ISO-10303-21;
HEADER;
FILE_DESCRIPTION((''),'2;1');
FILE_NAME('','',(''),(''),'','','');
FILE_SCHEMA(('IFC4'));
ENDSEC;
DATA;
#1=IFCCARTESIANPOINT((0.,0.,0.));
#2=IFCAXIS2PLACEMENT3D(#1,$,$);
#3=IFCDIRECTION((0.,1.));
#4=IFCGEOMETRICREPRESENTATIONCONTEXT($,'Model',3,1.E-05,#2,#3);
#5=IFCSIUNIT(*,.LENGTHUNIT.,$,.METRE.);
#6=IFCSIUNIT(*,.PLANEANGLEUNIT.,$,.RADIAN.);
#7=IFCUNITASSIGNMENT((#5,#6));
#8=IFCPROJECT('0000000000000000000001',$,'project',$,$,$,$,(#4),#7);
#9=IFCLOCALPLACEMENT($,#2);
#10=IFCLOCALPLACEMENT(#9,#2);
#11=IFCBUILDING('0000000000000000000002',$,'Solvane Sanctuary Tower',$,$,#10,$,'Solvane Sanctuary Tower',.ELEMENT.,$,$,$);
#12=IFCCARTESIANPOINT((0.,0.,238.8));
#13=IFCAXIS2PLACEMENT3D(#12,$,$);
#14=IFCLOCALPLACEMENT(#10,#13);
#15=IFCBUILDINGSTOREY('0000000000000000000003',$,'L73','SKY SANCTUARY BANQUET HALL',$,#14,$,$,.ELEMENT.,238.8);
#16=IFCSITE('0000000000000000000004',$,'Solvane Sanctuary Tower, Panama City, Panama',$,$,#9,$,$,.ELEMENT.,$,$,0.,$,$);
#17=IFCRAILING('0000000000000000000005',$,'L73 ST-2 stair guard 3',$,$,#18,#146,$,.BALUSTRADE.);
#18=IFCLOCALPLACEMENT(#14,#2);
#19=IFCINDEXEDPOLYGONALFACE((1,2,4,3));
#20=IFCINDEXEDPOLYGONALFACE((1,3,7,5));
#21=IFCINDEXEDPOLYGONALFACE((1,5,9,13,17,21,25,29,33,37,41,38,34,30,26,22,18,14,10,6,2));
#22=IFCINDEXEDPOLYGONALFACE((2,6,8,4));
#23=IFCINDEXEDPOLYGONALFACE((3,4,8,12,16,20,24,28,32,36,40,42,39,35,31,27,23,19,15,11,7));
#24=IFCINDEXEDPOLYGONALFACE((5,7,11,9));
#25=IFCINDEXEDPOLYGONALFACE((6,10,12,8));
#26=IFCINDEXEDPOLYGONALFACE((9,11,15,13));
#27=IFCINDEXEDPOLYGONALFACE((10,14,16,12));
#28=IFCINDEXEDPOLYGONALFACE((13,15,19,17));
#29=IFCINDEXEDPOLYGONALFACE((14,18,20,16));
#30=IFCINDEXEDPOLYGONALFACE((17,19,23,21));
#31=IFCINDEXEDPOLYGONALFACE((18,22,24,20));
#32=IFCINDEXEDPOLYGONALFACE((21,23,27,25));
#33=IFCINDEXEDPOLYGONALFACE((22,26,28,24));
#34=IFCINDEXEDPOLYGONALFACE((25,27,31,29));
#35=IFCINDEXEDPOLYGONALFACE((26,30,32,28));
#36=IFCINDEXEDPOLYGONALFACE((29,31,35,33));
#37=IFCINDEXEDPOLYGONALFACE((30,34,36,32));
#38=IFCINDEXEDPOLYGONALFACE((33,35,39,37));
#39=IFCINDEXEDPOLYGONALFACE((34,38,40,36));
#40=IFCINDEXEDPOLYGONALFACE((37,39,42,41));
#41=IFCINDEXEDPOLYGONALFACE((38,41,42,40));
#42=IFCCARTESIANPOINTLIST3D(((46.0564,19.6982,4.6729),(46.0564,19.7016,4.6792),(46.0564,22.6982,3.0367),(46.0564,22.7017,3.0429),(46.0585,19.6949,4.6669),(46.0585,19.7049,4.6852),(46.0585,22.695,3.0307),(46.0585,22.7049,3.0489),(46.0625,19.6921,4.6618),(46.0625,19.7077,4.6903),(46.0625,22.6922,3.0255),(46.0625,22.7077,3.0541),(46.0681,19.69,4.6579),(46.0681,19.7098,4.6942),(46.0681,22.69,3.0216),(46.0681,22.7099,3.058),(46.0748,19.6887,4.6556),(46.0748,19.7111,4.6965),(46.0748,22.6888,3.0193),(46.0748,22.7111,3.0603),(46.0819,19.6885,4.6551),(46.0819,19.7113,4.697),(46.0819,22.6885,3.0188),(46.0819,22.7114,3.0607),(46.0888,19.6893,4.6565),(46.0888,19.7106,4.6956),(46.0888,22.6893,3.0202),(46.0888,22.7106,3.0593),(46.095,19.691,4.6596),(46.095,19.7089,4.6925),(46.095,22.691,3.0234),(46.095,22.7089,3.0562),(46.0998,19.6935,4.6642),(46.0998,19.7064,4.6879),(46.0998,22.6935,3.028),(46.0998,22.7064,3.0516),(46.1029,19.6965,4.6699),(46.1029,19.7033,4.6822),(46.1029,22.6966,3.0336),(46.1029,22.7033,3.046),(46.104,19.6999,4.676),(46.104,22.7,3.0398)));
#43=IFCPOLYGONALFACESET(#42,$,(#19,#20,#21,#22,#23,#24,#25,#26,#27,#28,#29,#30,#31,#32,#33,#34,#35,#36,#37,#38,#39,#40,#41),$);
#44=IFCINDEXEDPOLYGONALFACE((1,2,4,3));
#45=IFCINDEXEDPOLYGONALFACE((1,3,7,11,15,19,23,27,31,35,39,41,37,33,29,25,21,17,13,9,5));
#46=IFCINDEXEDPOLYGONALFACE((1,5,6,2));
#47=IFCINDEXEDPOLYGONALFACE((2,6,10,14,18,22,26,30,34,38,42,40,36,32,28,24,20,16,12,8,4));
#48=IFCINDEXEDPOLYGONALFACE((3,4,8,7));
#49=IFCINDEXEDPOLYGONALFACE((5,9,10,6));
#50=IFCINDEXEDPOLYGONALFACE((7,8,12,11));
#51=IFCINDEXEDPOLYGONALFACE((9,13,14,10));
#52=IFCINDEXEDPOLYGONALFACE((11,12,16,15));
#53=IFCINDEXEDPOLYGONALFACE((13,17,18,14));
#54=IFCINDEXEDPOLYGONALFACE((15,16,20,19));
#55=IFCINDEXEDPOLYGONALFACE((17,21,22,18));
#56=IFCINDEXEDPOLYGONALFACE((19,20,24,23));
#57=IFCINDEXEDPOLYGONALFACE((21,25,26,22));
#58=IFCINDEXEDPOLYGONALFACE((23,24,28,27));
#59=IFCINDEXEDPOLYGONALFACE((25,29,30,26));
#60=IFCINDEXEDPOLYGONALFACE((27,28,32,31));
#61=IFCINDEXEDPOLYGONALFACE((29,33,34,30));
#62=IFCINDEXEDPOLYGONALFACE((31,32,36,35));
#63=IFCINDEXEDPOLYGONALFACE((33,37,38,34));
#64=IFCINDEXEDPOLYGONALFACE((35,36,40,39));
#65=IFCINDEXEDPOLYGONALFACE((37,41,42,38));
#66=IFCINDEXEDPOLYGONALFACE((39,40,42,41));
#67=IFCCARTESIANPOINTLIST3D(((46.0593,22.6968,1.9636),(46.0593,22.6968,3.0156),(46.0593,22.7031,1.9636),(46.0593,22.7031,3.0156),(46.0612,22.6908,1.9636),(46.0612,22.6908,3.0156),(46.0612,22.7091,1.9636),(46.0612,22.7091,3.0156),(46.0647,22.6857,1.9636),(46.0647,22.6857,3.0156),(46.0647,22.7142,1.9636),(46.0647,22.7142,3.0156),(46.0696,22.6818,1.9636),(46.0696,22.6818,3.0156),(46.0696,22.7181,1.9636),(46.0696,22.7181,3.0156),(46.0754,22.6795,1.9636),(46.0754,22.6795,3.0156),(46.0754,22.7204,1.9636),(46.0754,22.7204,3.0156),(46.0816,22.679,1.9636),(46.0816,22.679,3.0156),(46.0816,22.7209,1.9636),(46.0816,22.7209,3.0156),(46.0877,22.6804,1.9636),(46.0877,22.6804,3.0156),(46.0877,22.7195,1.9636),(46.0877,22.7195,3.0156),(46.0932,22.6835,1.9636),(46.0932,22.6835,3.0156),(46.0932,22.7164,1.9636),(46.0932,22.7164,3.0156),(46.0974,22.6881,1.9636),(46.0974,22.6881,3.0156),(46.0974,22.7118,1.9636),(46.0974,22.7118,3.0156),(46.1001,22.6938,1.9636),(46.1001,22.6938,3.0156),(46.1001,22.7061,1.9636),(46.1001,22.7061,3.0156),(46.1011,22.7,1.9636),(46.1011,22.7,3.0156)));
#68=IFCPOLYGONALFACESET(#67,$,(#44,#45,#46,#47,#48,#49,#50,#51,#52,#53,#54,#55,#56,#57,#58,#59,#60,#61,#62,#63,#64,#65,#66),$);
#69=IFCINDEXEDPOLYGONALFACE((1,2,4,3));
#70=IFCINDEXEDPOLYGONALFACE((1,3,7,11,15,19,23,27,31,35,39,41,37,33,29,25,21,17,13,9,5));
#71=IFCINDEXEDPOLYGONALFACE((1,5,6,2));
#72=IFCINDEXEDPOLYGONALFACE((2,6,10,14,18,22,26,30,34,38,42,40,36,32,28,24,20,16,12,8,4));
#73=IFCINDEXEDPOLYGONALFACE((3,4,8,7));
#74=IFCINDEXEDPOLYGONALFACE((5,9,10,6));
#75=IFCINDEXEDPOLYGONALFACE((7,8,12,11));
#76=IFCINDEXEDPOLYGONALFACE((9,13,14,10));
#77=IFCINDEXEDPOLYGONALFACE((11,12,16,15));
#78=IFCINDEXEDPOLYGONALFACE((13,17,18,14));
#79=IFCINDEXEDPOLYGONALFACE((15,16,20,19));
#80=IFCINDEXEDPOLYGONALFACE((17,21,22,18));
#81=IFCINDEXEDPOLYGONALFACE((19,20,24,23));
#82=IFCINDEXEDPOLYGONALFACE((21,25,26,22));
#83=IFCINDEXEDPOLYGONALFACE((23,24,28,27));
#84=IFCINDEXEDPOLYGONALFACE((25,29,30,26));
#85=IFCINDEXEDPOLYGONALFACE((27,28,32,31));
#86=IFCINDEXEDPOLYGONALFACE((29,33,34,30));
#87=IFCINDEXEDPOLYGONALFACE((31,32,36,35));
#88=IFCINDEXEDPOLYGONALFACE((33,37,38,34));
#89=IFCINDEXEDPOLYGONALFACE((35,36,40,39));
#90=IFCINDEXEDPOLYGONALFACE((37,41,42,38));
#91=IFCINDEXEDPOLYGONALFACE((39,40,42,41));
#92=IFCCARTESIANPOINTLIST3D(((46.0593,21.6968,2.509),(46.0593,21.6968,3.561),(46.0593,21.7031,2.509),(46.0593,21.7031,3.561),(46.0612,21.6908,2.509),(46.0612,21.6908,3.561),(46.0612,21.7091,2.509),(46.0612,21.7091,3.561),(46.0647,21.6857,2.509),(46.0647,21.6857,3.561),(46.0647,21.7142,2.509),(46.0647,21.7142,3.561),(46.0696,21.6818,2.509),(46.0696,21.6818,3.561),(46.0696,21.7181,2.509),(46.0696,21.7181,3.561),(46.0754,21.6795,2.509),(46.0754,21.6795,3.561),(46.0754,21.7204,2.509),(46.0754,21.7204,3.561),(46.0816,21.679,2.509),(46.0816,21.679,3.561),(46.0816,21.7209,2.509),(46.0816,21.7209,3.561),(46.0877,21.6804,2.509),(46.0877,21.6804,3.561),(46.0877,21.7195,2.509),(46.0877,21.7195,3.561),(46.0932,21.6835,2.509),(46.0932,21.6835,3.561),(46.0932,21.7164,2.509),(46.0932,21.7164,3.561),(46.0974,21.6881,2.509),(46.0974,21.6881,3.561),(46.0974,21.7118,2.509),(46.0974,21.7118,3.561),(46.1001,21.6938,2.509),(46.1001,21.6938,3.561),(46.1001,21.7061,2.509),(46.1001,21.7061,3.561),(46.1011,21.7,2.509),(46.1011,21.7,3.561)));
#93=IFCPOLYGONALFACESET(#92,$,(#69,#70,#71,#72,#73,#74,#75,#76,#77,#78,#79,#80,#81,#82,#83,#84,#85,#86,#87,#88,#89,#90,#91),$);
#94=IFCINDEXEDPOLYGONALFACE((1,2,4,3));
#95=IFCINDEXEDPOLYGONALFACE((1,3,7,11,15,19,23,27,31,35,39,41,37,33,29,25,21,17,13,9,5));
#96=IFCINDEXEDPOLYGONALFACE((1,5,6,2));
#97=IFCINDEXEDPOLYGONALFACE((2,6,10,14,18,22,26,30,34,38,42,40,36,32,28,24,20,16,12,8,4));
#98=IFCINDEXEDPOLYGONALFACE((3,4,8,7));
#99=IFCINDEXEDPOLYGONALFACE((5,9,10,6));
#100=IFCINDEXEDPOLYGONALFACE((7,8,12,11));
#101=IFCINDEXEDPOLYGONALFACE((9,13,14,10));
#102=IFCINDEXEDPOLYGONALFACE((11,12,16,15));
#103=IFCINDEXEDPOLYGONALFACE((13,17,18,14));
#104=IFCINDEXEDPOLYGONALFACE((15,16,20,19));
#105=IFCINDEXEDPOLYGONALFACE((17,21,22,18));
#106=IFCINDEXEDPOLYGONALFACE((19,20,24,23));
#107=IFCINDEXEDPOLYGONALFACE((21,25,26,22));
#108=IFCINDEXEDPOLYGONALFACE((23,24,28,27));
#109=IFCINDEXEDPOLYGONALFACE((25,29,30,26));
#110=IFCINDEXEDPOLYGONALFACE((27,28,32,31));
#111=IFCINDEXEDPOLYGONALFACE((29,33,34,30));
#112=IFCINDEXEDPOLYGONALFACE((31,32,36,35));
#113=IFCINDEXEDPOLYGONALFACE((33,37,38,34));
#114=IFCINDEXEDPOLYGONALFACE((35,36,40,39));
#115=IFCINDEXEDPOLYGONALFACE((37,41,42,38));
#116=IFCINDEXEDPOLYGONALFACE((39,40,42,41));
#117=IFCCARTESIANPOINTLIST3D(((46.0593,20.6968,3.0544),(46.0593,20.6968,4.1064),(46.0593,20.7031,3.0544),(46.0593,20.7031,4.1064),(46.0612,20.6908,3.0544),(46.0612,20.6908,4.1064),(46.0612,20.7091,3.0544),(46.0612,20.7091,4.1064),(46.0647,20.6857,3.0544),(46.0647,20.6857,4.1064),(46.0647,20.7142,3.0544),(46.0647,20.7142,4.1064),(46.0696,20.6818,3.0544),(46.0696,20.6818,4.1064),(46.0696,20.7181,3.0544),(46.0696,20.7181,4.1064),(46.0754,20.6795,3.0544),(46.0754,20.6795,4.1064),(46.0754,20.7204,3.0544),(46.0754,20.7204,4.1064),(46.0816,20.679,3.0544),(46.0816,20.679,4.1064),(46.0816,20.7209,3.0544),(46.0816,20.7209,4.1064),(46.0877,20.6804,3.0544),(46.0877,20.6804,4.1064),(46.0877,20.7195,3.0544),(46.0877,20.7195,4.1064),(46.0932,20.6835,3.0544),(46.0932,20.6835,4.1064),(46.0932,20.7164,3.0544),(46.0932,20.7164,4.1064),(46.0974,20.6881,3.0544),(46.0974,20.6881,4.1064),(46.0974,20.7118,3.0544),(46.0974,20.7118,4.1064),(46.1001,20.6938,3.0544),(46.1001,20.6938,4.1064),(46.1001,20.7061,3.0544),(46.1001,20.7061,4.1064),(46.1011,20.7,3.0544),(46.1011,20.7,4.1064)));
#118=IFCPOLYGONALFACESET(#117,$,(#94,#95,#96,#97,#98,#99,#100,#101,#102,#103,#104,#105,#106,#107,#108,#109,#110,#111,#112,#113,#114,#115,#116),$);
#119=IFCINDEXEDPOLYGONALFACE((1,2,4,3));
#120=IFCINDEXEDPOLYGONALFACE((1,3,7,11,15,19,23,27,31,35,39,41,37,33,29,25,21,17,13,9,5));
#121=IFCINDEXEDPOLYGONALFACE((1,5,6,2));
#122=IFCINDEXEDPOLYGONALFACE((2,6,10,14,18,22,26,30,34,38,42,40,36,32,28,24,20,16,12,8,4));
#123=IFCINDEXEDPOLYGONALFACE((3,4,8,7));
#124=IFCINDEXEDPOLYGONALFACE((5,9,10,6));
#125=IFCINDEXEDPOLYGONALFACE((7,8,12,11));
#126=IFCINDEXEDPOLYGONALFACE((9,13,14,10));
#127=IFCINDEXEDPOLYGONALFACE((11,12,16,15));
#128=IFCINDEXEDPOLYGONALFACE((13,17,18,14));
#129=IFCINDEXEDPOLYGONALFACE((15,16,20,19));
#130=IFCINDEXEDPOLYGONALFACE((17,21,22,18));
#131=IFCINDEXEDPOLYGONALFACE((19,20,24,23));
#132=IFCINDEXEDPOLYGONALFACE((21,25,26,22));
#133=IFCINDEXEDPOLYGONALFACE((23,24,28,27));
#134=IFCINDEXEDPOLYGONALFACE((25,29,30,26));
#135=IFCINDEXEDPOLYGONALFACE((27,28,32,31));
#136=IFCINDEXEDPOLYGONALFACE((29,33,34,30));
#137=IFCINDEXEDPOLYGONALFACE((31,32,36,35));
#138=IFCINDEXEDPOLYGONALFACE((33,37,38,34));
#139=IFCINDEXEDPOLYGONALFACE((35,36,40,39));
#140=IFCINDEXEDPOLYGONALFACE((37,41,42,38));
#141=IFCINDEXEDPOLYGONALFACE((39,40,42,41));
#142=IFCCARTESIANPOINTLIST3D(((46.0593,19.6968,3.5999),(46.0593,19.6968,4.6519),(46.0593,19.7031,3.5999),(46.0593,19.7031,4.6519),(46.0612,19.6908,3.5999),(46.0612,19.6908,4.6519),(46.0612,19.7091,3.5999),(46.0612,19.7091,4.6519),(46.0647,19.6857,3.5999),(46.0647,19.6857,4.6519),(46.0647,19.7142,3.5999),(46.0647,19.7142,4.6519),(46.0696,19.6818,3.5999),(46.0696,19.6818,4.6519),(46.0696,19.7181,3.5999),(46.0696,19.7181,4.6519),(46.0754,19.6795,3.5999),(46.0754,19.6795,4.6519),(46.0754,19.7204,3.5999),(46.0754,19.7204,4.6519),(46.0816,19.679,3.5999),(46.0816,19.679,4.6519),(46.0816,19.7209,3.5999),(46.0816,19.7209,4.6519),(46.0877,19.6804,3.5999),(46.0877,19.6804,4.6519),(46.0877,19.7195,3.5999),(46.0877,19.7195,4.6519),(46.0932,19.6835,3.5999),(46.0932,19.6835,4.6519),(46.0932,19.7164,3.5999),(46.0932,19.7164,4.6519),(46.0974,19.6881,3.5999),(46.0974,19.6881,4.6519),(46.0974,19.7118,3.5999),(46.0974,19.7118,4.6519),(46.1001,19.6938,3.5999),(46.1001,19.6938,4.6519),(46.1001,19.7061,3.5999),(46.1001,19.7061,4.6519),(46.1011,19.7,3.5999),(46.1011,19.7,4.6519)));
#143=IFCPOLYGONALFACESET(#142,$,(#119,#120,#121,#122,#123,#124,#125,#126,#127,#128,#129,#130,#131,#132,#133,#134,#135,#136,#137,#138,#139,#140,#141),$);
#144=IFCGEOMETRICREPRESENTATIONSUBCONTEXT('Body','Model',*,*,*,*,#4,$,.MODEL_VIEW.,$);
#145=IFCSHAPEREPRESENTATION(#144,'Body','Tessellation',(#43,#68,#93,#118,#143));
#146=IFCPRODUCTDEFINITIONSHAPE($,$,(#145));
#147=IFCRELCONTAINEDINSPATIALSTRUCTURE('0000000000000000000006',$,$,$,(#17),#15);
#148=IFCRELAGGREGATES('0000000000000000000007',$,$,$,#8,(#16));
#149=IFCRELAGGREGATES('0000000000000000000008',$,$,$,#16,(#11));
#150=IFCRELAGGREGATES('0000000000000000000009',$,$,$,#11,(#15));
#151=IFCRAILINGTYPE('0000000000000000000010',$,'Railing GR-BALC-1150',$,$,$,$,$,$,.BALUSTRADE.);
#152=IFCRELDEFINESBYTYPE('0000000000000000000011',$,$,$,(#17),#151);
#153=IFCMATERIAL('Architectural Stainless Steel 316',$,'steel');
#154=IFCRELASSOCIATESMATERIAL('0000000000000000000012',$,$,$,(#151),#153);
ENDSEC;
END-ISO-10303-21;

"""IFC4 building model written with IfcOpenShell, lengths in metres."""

from ifc_helpers import new_model, si_unit, direction, frame, origin, origin_2d, place, context, subcontext, project, spatial, circle, extrude, material, type_object, element, save


model = new_model("IFC4")

# Units and contexts
model_context = context("Model", 3, precision=1e-05, world=origin(), true_north=direction((0.0, 1.0)))
body_context = subcontext(model_context, "Body", "Model", "MODEL_VIEW")
ifc_project = project(units=[si_unit("LENGTHUNIT", "METRE"), si_unit("PLANEANGLEUNIT", "RADIAN")], contexts=[model_context])

# Site, building, storey
site_placement = place(None, origin())
site = spatial("IfcSite", under=ifc_project, at=site_placement, Name="Solvane Sanctuary Tower, Panama City, Panama", CompositionType="ELEMENT", RefElevation=0.0)
building_placement = place(site_placement, origin())
building = spatial("IfcBuilding", under=site, at=building_placement, Name="Solvane Sanctuary Tower", LongName="Solvane Sanctuary Tower", CompositionType="ELEMENT")
storey_placement = place(building_placement, frame((0.0, 0.0, 238.8)))
storey = spatial("IfcBuildingStorey", under=building, at=storey_placement, Name="L73", Description="SKY SANCTUARY BANQUET HALL", CompositionType="ELEMENT", Elevation=238.8)

# Railing
ifc_material_1 = material(Name="Architectural Stainless Steel 316", Category="steel")
railing_type_1 = type_object("IfcRailingType", Name="Railing GR-BALC-1150", PredefinedType="BALUSTRADE", material=ifc_material_1)
railing_1_placement = place(storey_placement, frame((46.0801, 22.7, 1.9636)))
element("IfcRailing", 1, at=railing_1_placement, inside=storey, type_object=railing_type_1, Name="L73 ST-2 stair guard 3", PredefinedType="BALUSTRADE", context=body_context, shape_type="SweptSolid", body=[
    extrude(circle(Radius=0.0239, at=origin_2d()), frame((0.0, 0.0, 1.0762), z_axis=(0.0, -0.877912, 0.478822), x_axis=(1.0, 0.0, 0.0)), (0.0, 0.0, 1.0), 3.4172),
    extrude(circle(Radius=0.021, at=origin_2d()), origin(), (0.0, 0.0, 1.0), 1.052),
    extrude(circle(Radius=0.021, at=origin_2d()), frame((0.0, -1.0, 0.5454)), (0.0, 0.0, 1.0), 1.052),
    extrude(circle(Radius=0.021, at=origin_2d()), frame((0.0, -2.0, 1.0908)), (0.0, 0.0, 1.0), 1.052),
    extrude(circle(Radius=0.021, at=origin_2d()), frame((0.0, -3.0, 1.6362)), (0.0, 0.0, 1.0), 1.052),
])

save(model, "model.ifc")
